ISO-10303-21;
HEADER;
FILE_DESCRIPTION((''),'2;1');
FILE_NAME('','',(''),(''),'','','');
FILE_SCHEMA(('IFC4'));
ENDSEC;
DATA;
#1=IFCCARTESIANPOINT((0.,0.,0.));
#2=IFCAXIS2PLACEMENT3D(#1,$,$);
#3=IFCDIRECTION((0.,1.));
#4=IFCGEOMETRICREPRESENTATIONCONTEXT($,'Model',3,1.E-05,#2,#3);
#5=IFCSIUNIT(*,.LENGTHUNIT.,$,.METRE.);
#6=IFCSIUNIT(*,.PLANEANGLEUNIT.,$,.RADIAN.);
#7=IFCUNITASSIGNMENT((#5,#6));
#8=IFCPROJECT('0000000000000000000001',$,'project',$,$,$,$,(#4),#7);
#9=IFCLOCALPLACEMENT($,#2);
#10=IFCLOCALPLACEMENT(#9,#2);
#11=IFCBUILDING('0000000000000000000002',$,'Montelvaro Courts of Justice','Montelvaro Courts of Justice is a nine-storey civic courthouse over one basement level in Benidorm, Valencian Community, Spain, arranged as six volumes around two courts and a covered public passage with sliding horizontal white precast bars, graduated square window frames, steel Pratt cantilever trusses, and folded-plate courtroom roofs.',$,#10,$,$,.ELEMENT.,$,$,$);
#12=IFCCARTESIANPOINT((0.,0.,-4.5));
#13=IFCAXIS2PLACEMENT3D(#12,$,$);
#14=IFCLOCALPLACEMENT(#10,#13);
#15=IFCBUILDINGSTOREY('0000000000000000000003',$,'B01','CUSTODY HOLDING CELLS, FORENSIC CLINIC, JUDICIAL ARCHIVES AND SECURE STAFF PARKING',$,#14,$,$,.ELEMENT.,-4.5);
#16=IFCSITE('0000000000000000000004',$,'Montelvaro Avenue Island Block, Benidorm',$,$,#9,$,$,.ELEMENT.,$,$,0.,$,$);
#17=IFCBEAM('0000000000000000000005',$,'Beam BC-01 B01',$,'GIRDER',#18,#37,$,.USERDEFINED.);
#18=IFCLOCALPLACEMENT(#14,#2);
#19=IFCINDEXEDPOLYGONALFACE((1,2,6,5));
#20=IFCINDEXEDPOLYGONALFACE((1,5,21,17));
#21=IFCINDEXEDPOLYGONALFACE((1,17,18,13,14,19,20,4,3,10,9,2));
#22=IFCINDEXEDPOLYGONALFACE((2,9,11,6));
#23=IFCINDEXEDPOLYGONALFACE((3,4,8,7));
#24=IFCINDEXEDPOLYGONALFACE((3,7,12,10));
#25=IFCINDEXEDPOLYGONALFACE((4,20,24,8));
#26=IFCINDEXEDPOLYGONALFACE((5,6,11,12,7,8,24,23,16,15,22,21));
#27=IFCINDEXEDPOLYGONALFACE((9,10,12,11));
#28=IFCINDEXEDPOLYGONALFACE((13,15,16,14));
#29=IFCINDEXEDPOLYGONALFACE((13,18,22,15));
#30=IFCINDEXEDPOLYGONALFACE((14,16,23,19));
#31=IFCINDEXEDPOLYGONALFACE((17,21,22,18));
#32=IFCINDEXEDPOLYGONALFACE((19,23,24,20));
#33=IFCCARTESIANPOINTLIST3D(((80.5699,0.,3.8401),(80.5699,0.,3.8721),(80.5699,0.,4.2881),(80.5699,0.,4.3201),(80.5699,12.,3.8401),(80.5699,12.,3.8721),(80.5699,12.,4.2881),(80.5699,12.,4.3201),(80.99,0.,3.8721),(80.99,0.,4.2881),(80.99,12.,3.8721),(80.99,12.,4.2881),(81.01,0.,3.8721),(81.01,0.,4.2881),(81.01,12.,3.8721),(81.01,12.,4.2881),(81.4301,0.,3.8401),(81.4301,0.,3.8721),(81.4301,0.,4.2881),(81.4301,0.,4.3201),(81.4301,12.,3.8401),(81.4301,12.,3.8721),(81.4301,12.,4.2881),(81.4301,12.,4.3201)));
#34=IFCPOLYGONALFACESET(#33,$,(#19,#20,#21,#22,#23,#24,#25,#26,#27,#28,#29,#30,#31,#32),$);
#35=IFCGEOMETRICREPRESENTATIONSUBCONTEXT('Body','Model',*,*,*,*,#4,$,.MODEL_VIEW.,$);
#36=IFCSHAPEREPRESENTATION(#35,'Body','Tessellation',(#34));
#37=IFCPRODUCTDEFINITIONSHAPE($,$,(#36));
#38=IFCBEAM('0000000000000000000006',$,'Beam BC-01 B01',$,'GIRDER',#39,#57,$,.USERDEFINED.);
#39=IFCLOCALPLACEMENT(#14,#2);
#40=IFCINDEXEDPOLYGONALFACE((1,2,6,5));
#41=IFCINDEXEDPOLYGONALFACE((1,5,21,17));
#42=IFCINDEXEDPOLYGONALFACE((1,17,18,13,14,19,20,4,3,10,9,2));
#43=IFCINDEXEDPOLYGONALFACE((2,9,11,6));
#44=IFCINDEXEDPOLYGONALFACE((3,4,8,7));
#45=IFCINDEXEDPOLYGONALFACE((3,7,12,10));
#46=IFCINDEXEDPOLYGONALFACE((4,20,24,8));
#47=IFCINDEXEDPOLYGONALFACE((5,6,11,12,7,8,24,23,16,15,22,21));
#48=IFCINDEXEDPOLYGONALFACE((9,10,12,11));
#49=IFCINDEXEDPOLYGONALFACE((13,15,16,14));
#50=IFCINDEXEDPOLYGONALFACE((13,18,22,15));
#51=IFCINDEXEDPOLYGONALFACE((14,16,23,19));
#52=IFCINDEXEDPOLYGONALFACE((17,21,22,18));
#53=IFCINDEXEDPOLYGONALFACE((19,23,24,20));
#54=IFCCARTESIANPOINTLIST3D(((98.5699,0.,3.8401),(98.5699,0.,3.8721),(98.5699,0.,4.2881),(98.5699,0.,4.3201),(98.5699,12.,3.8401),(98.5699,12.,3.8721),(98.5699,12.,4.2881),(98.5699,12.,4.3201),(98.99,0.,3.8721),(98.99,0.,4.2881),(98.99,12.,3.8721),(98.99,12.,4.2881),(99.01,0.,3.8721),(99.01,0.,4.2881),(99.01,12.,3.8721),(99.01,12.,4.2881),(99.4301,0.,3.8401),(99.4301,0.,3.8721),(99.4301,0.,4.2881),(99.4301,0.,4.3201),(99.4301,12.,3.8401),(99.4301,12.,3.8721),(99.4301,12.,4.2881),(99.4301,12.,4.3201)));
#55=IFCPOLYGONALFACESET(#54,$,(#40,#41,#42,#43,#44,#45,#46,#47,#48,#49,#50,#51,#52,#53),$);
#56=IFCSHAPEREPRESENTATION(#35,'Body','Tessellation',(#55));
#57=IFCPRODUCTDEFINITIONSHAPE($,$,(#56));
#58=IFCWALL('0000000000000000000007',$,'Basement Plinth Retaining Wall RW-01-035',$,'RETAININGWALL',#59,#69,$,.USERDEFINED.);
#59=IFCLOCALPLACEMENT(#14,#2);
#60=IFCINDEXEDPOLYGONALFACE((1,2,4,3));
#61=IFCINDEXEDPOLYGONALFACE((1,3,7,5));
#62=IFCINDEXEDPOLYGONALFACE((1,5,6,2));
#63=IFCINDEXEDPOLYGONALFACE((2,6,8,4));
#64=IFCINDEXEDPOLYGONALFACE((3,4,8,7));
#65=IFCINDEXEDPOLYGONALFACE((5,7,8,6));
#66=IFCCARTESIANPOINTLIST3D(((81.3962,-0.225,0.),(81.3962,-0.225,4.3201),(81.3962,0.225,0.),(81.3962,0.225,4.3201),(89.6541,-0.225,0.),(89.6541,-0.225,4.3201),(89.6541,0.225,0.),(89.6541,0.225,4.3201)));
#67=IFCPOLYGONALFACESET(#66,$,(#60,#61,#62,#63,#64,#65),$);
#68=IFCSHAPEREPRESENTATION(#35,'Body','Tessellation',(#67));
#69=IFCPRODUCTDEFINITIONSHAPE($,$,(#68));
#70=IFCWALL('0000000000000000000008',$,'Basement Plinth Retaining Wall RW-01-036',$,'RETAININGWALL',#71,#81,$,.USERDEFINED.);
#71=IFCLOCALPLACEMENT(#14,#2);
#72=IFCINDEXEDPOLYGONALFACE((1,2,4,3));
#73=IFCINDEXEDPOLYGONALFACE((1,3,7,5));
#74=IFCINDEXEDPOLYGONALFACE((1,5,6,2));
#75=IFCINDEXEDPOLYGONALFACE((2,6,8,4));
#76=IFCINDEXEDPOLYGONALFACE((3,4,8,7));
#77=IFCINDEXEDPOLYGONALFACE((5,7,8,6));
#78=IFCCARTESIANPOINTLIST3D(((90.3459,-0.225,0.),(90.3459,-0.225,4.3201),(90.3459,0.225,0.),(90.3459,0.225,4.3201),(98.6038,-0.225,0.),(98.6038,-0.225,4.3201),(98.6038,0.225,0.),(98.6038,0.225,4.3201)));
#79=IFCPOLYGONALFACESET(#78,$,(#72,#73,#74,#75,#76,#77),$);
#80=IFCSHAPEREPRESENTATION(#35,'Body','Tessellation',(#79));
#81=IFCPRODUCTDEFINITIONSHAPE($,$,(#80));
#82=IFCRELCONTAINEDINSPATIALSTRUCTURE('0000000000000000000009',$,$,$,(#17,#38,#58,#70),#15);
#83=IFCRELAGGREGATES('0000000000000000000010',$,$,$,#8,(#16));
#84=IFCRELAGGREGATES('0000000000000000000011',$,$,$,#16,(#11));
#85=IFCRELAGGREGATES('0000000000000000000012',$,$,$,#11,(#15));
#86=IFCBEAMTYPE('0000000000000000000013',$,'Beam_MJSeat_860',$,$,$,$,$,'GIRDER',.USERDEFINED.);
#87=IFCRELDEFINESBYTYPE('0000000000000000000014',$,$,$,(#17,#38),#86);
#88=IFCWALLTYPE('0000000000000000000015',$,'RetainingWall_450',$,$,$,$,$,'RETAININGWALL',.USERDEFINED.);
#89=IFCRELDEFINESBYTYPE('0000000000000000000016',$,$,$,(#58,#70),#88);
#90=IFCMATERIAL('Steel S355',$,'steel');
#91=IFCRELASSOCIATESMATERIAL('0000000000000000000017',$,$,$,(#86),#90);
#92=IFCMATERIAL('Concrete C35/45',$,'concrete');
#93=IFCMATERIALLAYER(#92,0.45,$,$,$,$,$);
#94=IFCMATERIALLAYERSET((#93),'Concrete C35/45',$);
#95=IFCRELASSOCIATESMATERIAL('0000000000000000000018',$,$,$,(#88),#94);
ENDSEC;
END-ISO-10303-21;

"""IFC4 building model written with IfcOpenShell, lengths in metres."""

from ifc_helpers import new_model, si_unit, direction, frame, frame_2d, origin, origin_2d, place, context, subcontext, project, spatial, rectangle, i_section, extrude, material, layer, layer_set, material_profile, profile_set, type_object, element, save


model = new_model("IFC4")

# Units and contexts
model_context = context("Model", 3, precision=1e-05, world=origin(), true_north=direction((0.0, 1.0)))
body_context = subcontext(model_context, "Body", "Model", "MODEL_VIEW")
ifc_project = project(units=[si_unit("LENGTHUNIT", "METRE"), si_unit("PLANEANGLEUNIT", "RADIAN")], contexts=[model_context])

# Site, building, storey
site_placement = place(None, origin())
site = spatial("IfcSite", under=ifc_project, at=site_placement, Name="Montelvaro Avenue Island Block, Benidorm", CompositionType="ELEMENT", RefElevation=0.0)
building_placement = place(site_placement, origin())
building = spatial("IfcBuilding", under=site, at=building_placement, Name="Montelvaro Courts of Justice", Description="Montelvaro Courts of Justice is a nine-storey civic courthouse over one basement level in Benidorm, Valencian Community, Spain, arranged as six volumes around two courts and a covered public passage with sliding horizontal white precast bars, graduated square window frames, steel Pratt cantilever trusses, and folded-plate courtroom roofs.", CompositionType="ELEMENT")
storey_placement = place(building_placement, frame((0.0, 0.0, -4.5)))
storey = spatial("IfcBuildingStorey", under=building, at=storey_placement, Name="B01", Description="CUSTODY HOLDING CELLS, FORENSIC CLINIC, JUDICIAL ARCHIVES AND SECURE STAFF PARKING", CompositionType="ELEMENT", Elevation=-4.5)

# Shared definitions
ifc_material_1 = material(Name="Concrete C35/45", Category="concrete")

# Beams
ifc_material_2 = material(Name="Steel S355", Category="steel")
ifc_material_profile_1 = material_profile(ifc_material_2, i_section(OverallWidth=0.8601, OverallDepth=0.48, WebThickness=0.02, FlangeThickness=0.032, at=origin_2d()), Name="HL 480x860")
ifc_profile_set_1 = profile_set([ifc_material_profile_1], Name="Steel S355")
beam_type_1 = type_object("IfcBeamType", Name="Beam_MJSeat_860", ElementType="GIRDER", PredefinedType="USERDEFINED", material=ifc_profile_set_1)
for number, where, z_axis, x_axis, name in (
    (1, (81.0, 0.0, 4.0801), (0.0, 1.0, 0.0), (-1.0, 0.0, 0.0), "Beam BC-01 B01"),
    (2, (99.0, 0.0, 4.0801), (0.0, 1.0, 0.0), (-1.0, 0.0, 0.0), "Beam BC-01 B01"),
):
    element("IfcBeam", number, at=place(storey_placement, frame(where, z_axis=z_axis, x_axis=x_axis)), inside=storey, type_object=beam_type_1, Name=name, ObjectType="GIRDER", PredefinedType="USERDEFINED", context=body_context, shape_type="SweptSolid", body=[
        extrude(i_section(OverallWidth=0.8601, OverallDepth=0.48, WebThickness=0.02, FlangeThickness=0.032, at=origin_2d()), origin(), (0.0, 0.0, 1.0), 12.0),
    ])

# Walls
ifc_layer = layer(ifc_material_1, 0.45)
ifc_layer_set = layer_set([ifc_layer], Name="Concrete C35/45")
wall_type = type_object("IfcWallType", Name="RetainingWall_450", ElementType="RETAININGWALL", PredefinedType="USERDEFINED", material=ifc_layer_set)
for number, where, z_axis, x_axis, name in (
    (3, (81.3962, 0.0, 0.0), (0.0, 0.0, 1.0), (1.0, 0.0, 0.0), "Basement Plinth Retaining Wall RW-01-035"),
    (4, (90.3459, 0.0, 0.0), (0.0, 0.0, 1.0), (1.0, 0.0, 0.0), "Basement Plinth Retaining Wall RW-01-036"),
):
    element("IfcWall", number, at=place(storey_placement, frame(where, z_axis=z_axis, x_axis=x_axis)), inside=storey, type_object=wall_type, Name=name, ObjectType="RETAININGWALL", PredefinedType="USERDEFINED", context=body_context, shape_type="SweptSolid", body=[
        extrude(rectangle(XDim=8.2578, YDim=0.45, at=frame_2d((4.1289, 0.0))), origin(), (0.0, 0.0, 1.0), 4.3201),
    ])

save(model, "model.ifc")
